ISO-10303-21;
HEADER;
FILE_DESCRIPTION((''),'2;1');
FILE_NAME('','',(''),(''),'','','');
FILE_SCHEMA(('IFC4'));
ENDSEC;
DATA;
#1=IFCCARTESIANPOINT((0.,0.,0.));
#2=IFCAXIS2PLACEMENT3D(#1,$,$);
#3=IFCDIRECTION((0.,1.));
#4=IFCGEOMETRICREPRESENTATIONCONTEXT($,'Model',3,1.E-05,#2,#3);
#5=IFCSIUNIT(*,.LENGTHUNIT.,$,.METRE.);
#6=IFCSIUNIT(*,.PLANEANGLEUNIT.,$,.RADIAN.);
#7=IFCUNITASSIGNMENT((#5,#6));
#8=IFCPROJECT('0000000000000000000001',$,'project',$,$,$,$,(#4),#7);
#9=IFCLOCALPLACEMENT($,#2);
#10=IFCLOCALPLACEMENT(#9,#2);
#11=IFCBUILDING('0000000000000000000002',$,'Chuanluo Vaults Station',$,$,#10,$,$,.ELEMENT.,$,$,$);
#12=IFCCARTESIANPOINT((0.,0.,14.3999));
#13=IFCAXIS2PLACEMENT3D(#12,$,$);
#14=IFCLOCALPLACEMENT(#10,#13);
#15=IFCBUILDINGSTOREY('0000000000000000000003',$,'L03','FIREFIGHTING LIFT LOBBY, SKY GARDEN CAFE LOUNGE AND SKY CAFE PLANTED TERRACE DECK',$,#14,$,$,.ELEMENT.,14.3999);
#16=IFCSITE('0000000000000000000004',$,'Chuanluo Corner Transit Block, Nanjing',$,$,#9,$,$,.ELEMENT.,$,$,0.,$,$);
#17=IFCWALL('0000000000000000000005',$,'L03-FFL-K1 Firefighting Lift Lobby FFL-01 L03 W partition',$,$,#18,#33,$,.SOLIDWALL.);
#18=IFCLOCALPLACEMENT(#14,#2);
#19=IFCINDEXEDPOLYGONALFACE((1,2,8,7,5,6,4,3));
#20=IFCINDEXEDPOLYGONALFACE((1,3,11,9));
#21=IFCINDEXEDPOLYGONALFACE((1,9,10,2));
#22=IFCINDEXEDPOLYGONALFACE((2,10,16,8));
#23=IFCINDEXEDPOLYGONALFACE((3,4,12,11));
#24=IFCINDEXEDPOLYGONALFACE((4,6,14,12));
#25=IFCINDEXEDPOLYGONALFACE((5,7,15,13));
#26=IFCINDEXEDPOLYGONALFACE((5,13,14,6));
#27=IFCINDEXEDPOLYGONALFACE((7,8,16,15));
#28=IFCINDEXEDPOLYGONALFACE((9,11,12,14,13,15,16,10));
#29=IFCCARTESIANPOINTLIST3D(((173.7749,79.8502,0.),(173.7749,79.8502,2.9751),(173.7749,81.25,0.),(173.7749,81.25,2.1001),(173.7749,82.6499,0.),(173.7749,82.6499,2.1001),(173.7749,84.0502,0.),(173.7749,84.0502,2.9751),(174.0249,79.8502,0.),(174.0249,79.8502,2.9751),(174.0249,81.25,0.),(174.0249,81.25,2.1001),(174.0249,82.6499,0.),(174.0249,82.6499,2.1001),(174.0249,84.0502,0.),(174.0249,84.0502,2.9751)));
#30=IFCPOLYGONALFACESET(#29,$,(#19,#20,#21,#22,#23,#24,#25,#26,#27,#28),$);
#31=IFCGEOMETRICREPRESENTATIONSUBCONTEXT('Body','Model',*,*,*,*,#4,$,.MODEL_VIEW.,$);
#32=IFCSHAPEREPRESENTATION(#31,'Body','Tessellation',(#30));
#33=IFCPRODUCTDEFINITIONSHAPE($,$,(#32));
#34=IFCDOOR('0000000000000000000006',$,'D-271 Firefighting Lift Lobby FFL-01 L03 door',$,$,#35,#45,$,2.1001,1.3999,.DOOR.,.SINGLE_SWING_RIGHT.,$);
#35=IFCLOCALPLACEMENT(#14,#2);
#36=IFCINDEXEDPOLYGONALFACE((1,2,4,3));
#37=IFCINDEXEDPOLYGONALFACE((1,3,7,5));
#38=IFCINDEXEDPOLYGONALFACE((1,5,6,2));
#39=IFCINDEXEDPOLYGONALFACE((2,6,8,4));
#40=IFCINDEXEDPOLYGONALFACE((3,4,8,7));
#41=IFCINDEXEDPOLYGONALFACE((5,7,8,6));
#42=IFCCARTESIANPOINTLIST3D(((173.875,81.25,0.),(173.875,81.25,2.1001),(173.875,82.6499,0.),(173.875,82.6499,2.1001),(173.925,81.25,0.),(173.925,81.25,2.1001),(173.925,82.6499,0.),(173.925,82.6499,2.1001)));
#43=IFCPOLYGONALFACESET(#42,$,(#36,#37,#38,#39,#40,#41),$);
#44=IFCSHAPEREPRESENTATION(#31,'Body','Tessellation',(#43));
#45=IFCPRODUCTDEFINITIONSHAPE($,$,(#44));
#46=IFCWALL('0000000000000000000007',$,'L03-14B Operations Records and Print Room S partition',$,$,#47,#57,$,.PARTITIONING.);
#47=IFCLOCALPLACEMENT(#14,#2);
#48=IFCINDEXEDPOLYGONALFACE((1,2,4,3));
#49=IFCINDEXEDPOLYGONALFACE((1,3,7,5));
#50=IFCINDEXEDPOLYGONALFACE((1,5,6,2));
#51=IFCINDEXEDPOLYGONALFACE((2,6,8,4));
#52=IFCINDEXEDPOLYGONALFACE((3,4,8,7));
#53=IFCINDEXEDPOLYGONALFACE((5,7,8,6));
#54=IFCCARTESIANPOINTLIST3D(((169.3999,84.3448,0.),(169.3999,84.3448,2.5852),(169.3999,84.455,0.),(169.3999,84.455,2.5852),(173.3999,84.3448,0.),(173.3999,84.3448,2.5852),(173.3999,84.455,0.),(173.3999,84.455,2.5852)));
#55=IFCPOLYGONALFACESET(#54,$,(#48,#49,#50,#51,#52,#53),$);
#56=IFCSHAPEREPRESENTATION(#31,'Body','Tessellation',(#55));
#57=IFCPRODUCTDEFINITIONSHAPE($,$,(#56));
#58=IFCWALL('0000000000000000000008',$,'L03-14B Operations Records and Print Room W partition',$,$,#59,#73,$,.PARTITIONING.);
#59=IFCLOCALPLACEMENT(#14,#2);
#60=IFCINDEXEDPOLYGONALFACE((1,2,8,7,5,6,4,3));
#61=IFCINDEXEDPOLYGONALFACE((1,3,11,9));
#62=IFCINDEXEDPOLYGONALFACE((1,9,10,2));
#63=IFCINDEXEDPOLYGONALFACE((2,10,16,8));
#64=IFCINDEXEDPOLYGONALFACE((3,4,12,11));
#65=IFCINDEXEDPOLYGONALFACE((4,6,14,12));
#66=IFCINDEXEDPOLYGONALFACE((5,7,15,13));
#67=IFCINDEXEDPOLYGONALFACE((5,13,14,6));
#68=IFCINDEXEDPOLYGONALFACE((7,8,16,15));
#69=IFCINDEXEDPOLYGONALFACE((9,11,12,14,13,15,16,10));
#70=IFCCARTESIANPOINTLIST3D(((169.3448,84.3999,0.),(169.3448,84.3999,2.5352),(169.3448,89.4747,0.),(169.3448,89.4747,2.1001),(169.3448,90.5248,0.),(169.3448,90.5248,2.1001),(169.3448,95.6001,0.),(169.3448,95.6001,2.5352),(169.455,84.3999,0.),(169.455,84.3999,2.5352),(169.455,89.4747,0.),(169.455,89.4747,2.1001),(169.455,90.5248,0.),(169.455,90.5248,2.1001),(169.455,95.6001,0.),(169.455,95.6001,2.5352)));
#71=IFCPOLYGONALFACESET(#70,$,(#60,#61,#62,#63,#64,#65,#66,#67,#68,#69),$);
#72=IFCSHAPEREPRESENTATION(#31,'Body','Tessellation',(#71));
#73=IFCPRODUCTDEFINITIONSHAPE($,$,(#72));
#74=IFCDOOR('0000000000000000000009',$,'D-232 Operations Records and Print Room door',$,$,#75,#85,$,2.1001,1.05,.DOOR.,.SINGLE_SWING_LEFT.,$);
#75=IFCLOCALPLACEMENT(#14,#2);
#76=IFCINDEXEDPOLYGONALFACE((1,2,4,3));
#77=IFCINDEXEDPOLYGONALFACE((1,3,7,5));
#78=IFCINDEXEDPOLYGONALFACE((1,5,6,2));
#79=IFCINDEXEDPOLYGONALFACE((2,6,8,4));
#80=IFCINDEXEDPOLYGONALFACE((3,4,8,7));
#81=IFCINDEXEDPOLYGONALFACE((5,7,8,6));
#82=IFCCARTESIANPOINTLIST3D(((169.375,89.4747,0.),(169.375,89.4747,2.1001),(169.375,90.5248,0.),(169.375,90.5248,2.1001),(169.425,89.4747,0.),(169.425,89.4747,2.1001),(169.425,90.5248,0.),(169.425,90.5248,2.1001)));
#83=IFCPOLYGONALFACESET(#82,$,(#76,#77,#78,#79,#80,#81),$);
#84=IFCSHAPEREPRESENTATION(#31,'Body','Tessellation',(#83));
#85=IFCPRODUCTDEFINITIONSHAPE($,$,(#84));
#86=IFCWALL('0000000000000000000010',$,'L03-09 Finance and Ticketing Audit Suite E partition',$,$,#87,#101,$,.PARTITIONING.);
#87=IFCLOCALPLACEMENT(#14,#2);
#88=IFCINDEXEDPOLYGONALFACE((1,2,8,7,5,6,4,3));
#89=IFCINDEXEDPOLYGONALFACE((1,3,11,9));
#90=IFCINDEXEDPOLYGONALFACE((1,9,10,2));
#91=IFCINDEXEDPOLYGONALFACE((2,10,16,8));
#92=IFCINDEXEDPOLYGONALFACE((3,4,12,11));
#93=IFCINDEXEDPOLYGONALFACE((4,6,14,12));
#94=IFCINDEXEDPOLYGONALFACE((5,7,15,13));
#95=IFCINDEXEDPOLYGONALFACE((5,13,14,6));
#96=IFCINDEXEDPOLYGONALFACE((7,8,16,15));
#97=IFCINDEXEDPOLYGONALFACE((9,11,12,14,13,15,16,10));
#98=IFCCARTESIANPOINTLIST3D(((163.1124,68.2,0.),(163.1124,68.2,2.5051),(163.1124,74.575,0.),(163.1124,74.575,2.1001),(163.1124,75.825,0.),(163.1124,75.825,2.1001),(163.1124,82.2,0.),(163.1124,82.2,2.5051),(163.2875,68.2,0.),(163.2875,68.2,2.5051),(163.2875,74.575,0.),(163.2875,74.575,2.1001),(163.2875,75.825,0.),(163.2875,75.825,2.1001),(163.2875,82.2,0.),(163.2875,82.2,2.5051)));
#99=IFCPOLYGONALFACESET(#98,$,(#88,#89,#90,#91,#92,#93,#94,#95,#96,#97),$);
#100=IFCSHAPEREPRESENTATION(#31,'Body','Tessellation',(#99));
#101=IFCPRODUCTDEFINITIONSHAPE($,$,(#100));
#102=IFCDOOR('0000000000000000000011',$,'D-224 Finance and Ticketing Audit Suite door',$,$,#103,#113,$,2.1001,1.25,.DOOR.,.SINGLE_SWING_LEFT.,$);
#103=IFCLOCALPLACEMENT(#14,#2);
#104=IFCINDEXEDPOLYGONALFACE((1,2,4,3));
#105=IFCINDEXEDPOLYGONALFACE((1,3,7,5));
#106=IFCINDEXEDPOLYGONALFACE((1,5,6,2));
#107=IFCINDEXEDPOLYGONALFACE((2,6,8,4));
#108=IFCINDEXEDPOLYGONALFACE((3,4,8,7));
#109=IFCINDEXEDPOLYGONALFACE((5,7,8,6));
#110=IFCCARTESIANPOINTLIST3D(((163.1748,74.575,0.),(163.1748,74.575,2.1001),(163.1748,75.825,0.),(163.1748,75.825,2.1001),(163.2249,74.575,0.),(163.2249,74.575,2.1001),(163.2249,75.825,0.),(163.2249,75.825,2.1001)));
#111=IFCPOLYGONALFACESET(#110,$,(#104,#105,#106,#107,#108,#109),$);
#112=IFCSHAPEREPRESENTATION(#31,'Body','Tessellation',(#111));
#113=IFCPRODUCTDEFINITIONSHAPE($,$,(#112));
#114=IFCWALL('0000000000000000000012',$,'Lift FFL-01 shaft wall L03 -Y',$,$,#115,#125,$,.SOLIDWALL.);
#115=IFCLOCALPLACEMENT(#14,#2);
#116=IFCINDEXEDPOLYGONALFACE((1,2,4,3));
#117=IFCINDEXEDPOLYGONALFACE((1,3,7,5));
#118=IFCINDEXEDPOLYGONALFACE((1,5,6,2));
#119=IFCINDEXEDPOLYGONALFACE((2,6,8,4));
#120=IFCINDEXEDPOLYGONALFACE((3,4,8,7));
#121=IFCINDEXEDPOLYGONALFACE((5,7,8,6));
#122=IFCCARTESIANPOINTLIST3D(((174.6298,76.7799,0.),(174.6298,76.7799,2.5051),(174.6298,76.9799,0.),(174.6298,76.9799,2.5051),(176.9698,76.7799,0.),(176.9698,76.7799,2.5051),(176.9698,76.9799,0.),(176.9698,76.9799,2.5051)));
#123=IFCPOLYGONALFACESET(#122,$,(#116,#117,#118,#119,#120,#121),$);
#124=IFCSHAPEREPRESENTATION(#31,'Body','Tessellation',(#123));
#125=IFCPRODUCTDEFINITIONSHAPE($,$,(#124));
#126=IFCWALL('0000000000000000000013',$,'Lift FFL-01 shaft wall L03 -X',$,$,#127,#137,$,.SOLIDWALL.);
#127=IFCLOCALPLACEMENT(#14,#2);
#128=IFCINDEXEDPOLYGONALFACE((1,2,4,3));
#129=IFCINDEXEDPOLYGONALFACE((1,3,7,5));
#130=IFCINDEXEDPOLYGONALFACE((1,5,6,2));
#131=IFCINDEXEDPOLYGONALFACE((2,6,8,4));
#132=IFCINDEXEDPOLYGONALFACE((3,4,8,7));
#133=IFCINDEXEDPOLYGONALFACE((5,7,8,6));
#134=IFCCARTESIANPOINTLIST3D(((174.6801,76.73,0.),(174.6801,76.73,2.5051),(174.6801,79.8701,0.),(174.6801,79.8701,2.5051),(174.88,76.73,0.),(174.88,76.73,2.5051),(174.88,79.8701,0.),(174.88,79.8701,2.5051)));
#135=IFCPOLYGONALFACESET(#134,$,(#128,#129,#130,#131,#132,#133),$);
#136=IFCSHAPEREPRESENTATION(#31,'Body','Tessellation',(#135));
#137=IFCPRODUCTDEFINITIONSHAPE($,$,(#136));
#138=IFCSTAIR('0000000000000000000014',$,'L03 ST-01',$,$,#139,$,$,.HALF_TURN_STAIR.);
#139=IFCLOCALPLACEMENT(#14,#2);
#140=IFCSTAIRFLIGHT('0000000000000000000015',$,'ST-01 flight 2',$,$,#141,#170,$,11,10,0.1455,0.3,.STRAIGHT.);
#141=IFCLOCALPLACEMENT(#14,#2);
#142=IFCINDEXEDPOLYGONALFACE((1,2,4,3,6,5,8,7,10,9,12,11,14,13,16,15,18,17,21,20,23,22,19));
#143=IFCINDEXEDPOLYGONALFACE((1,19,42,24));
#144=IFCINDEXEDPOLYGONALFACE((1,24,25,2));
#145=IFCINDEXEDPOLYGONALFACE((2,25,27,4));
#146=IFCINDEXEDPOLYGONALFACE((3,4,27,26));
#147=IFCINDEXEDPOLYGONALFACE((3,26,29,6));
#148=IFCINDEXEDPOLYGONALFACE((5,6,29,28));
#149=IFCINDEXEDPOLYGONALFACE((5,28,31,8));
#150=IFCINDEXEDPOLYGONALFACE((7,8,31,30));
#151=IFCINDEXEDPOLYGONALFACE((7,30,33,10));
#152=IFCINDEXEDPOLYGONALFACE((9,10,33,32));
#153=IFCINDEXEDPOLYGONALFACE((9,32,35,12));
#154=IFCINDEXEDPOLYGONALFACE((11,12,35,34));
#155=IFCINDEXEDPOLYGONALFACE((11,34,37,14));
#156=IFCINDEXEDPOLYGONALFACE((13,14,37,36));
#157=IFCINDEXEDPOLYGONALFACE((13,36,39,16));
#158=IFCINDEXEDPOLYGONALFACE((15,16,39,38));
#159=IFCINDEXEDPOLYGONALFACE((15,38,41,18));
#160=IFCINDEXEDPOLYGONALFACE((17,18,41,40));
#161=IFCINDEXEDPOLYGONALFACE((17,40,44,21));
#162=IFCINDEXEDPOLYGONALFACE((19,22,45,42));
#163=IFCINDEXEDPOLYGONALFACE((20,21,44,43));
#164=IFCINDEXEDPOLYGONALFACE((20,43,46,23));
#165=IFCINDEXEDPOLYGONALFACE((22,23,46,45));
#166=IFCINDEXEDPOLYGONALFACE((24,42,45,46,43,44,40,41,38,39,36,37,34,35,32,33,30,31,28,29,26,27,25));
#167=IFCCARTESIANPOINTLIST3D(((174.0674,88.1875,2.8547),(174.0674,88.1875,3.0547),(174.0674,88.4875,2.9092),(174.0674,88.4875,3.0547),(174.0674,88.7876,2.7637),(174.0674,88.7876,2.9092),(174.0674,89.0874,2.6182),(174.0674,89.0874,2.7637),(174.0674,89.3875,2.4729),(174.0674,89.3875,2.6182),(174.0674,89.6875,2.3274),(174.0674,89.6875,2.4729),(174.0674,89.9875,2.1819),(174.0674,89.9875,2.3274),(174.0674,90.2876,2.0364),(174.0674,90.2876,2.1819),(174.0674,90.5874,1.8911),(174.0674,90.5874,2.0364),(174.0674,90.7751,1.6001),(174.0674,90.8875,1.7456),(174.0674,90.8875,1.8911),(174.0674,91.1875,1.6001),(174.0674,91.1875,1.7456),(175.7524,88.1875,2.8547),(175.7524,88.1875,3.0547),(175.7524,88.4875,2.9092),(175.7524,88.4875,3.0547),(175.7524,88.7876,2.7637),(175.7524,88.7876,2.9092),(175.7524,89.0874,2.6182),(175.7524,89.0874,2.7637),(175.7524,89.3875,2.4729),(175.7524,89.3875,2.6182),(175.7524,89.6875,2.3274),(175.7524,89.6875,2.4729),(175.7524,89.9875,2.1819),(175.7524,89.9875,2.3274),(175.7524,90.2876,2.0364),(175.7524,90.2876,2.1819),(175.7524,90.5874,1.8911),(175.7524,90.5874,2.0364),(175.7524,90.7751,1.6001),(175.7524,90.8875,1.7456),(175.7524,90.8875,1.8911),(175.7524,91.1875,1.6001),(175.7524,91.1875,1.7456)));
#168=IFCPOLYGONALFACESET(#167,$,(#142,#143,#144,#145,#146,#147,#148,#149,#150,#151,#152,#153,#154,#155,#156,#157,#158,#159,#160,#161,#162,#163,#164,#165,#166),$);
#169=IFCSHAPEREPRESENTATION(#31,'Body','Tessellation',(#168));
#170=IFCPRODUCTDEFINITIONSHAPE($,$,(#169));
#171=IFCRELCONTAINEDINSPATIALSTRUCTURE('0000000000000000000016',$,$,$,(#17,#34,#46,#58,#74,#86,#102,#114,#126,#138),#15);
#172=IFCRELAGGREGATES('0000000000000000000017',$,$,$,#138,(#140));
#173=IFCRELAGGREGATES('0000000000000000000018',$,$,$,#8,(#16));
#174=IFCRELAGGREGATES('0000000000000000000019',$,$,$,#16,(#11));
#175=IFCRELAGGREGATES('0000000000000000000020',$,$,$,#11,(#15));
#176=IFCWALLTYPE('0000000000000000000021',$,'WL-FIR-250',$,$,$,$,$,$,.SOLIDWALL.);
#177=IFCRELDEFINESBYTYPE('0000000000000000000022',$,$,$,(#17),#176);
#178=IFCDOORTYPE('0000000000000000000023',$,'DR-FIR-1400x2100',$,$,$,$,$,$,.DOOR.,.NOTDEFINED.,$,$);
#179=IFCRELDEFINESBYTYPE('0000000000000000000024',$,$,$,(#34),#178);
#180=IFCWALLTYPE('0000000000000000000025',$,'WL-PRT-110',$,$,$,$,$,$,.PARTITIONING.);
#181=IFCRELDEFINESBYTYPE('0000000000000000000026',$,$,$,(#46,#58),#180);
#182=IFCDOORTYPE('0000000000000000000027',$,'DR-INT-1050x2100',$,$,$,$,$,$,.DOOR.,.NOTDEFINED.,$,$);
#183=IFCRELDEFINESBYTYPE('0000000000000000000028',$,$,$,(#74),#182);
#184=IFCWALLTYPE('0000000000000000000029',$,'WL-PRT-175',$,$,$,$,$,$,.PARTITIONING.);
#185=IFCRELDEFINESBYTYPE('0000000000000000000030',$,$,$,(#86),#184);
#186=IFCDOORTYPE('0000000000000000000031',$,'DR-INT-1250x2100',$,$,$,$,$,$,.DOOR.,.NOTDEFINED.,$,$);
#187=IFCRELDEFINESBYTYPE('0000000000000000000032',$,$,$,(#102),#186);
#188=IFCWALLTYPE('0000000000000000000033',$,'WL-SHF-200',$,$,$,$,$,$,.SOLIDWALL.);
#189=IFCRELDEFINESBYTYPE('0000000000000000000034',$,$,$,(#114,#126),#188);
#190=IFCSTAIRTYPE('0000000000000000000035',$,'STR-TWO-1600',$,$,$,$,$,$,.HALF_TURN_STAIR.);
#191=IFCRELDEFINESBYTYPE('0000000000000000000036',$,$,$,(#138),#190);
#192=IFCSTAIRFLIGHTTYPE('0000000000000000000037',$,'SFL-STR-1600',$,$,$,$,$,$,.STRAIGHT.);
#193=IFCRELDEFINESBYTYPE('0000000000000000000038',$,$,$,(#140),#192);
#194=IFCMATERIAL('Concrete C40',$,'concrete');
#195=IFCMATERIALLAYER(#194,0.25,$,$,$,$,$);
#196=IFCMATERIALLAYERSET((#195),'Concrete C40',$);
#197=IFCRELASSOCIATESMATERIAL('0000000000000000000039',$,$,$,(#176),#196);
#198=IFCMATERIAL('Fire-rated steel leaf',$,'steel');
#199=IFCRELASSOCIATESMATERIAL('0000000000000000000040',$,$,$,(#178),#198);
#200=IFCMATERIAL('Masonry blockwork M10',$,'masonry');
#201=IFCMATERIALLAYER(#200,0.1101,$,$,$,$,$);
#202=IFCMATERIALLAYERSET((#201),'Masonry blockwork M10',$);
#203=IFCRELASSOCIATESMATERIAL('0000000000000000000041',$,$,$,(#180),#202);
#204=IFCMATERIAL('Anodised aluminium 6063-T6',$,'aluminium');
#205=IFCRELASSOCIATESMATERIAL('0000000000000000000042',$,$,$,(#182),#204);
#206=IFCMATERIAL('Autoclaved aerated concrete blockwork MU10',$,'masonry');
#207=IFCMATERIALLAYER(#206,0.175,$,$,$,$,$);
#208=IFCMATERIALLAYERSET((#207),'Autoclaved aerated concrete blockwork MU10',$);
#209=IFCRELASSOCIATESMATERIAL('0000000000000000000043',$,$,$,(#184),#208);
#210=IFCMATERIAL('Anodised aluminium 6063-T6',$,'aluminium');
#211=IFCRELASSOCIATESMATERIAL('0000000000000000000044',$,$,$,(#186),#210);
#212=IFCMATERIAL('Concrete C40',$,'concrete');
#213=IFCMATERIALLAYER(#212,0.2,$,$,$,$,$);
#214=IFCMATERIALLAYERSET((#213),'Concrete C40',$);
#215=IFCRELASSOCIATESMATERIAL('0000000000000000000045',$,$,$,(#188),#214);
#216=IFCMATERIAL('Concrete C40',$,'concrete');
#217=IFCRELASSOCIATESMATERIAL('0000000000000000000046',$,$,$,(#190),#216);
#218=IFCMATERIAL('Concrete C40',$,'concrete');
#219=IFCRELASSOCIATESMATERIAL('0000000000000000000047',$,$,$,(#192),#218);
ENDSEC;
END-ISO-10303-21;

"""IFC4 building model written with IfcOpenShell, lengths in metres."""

from ifc_helpers import new_model, si_unit, direction, frame, frame_2d, origin, place, context, subcontext, project, spatial, polyline, rectangle, outline, extrude, material, layer, layer_set, type_object, element, fill, aggregate, save


model = new_model("IFC4")

# Units and contexts
model_context = context("Model", 3, precision=1e-05, world=origin(), true_north=direction((0.0, 1.0)))
body_context = subcontext(model_context, "Body", "Model", "MODEL_VIEW")
ifc_project = project(units=[si_unit("LENGTHUNIT", "METRE"), si_unit("PLANEANGLEUNIT", "RADIAN")], contexts=[model_context])

# Site, building, storey
site_placement = place(None, origin())
site = spatial("IfcSite", under=ifc_project, at=site_placement, Name="Chuanluo Corner Transit Block, Nanjing", CompositionType="ELEMENT", RefElevation=0.0)
building_placement = place(site_placement, origin())
building = spatial("IfcBuilding", under=site, at=building_placement, Name="Chuanluo Vaults Station", CompositionType="ELEMENT")
storey_placement = place(building_placement, frame((0.0, 0.0, 14.3999)))
storey = spatial("IfcBuildingStorey", under=building, at=storey_placement, Name="L03", Description="FIREFIGHTING LIFT LOBBY, SKY GARDEN CAFE LOUNGE AND SKY CAFE PLANTED TERRACE DECK", CompositionType="ELEMENT", Elevation=14.3999)

# Shared definitions
ifc_material_1 = material(Name="Concrete C40", Category="concrete")
ifc_layer_1 = layer(ifc_material_1, 0.25)
ifc_layer_set_1 = layer_set([ifc_layer_1], Name="Concrete C40")
wall_type_1 = type_object("IfcWallType", Name="WL-FIR-250", PredefinedType="SOLIDWALL", material=ifc_layer_set_1)

# Wall, opening, door
wall_1_placement = place(storey_placement, frame((173.8999, 79.8501, 0.0), z_axis=(0.0, 0.0, 1.0), x_axis=(0.0, 1.0, 0.0)))
wall_1 = element("IfcWall", 1, at=wall_1_placement, inside=storey, type_object=wall_type_1, Name="L03-FFL-K1 Firefighting Lift Lobby FFL-01 L03 W partition", PredefinedType="SOLIDWALL", context=body_context, shape_type="SweptSolid", body=[
    extrude(rectangle(XDim=4.2, YDim=0.25, at=frame_2d((2.1001, 0.0))), origin(), (0.0, 0.0, 1.0), 2.9751),
])
opening_1_placement = place(wall_1_placement, frame((1.3999, 0.0, 0.0)))
opening_1 = element("IfcOpeningElement", 2, at=opening_1_placement, cuts=wall_1, PredefinedType="OPENING", context=body_context, shape_type="SweptSolid", body=[
    extrude(rectangle(XDim=1.3999, YDim=2.1001, at=frame_2d((0.7, 1.05))), frame((0.0, 0.135, 0.0), z_axis=(0.0, -1.0, 0.0), x_axis=(1.0, 0.0, 0.0)), (0.0, 0.0, 1.0), 0.27),
])
ifc_material_2 = material(Name="Fire-rated steel leaf", Category="steel")
door_type_1 = type_object("IfcDoorType", Name="DR-FIR-1400x2100", OperationType="NOTDEFINED", PredefinedType="DOOR", material=ifc_material_2)
door_1_placement = place(opening_1_placement, origin())
door_1 = element("IfcDoor", 3, at=door_1_placement, inside=storey, type_object=door_type_1, Name="D-271 Firefighting Lift Lobby FFL-01 L03 door", OperationType="SINGLE_SWING_RIGHT", OverallHeight=2.1001, OverallWidth=1.3999, PredefinedType="DOOR", context=body_context, shape_type="SweptSolid", body=[
    extrude(rectangle(XDim=1.3999, YDim=2.1001, at=frame_2d((0.7, 1.05))), frame((0.0, 0.0249, 0.0), z_axis=(0.0, -1.0, 0.0), x_axis=(1.0, 0.0, 0.0)), (0.0, 0.0, 1.0), 0.05),
])
fill(opening_1, door_1)

# Wall
ifc_material_3 = material(Name="Masonry blockwork M10", Category="masonry")
ifc_layer_2 = layer(ifc_material_3, 0.1101)
ifc_layer_set_2 = layer_set([ifc_layer_2], Name="Masonry blockwork M10")
wall_type_2 = type_object("IfcWallType", Name="WL-PRT-110", PredefinedType="PARTITIONING", material=ifc_layer_set_2)
wall_2_placement = place(storey_placement, frame((173.3999, 84.3999, 0.0), z_axis=(0.0, 0.0, 1.0), x_axis=(-1.0, 0.0, 0.0)))
element("IfcWall", 4, at=wall_2_placement, inside=storey, type_object=wall_type_2, Name="L03-14B Operations Records and Print Room S partition", PredefinedType="PARTITIONING", context=body_context, shape_type="SweptSolid", body=[
    extrude(rectangle(XDim=4.0, YDim=0.1101, at=frame_2d((2.0, 0.0))), origin(), (0.0, 0.0, 1.0), 2.5852),
])

# Walls, openings, doors
wall_3_placement = place(storey_placement, frame((169.3999, 84.3999, 0.0), z_axis=(0.0, 0.0, 1.0), x_axis=(0.0, 1.0, 0.0)))
wall_3 = element("IfcWall", 5, at=wall_3_placement, inside=storey, type_object=wall_type_2, Name="L03-14B Operations Records and Print Room W partition", PredefinedType="PARTITIONING", context=body_context, shape_type="SweptSolid", body=[
    extrude(rectangle(XDim=11.2002, YDim=0.1101, at=frame_2d((5.6001, 0.0))), origin(), (0.0, 0.0, 1.0), 2.5352),
])
opening_2_placement = place(wall_3_placement, frame((5.075, 0.0, 0.0)))
opening_2 = element("IfcOpeningElement", 6, at=opening_2_placement, cuts=wall_3, PredefinedType="OPENING", context=body_context, shape_type="SweptSolid", body=[
    extrude(rectangle(XDim=1.05, YDim=2.1001, at=frame_2d((0.5249, 1.05))), frame((0.0, 0.0652, 0.0), z_axis=(0.0, -1.0, 0.0), x_axis=(1.0, 0.0, 0.0)), (0.0, 0.0, 1.0), 0.1301),
])
ifc_material_4 = material(Name="Anodised aluminium 6063-T6", Category="aluminium")
door_type_2 = type_object("IfcDoorType", Name="DR-INT-1050x2100", OperationType="NOTDEFINED", PredefinedType="DOOR", material=ifc_material_4)
door_2_placement = place(opening_2_placement, origin())
door_2 = element("IfcDoor", 7, at=door_2_placement, inside=storey, type_object=door_type_2, Name="D-232 Operations Records and Print Room door", OperationType="SINGLE_SWING_LEFT", OverallHeight=2.1001, OverallWidth=1.05, PredefinedType="DOOR", context=body_context, shape_type="SweptSolid", body=[
    extrude(rectangle(XDim=1.05, YDim=2.1001, at=frame_2d((0.5249, 1.05))), frame((0.0, 0.0249, 0.0), z_axis=(0.0, -1.0, 0.0), x_axis=(1.0, 0.0, 0.0)), (0.0, 0.0, 1.0), 0.05),
])
fill(opening_2, door_2)
ifc_material_5 = material(Name="Autoclaved aerated concrete blockwork MU10", Category="masonry")
ifc_layer_3 = layer(ifc_material_5, 0.175)
ifc_layer_set_3 = layer_set([ifc_layer_3], Name="Autoclaved aerated concrete blockwork MU10")
wall_type_3 = type_object("IfcWallType", Name="WL-PRT-175", PredefinedType="PARTITIONING", material=ifc_layer_set_3)
wall_4_placement = place(storey_placement, frame((163.2, 82.2, 0.0), z_axis=(0.0, 0.0, 1.0), x_axis=(0.0, -1.0, 0.0)))
wall_4 = element("IfcWall", 8, at=wall_4_placement, inside=storey, type_object=wall_type_3, Name="L03-09 Finance and Ticketing Audit Suite E partition", PredefinedType="PARTITIONING", context=body_context, shape_type="SweptSolid", body=[
    extrude(rectangle(XDim=14.0, YDim=0.175, at=frame_2d((7.0, 0.0))), origin(), (0.0, 0.0, 1.0), 2.5051),
])
opening_3_placement = place(wall_4_placement, frame((6.375, 0.0, 0.0)))
opening_3 = element("IfcOpeningElement", 9, at=opening_3_placement, cuts=wall_4, PredefinedType="OPENING", context=body_context, shape_type="SweptSolid", body=[
    extrude(rectangle(XDim=1.25, YDim=2.1001, at=frame_2d((0.625, 1.05))), frame((0.0, 0.0974, 0.0), z_axis=(0.0, -1.0, 0.0), x_axis=(1.0, 0.0, 0.0)), (0.0, 0.0, 1.0), 0.1951),
])
ifc_material_6 = material(Name="Anodised aluminium 6063-T6", Category="aluminium")
door_type_3 = type_object("IfcDoorType", Name="DR-INT-1250x2100", OperationType="NOTDEFINED", PredefinedType="DOOR", material=ifc_material_6)
door_3_placement = place(opening_3_placement, origin())
door_3 = element("IfcDoor", 10, at=door_3_placement, inside=storey, type_object=door_type_3, Name="D-224 Finance and Ticketing Audit Suite door", OperationType="SINGLE_SWING_LEFT", OverallHeight=2.1001, OverallWidth=1.25, PredefinedType="DOOR", context=body_context, shape_type="SweptSolid", body=[
    extrude(rectangle(XDim=1.25, YDim=2.1001, at=frame_2d((0.625, 1.05))), frame((0.0, 0.0249, 0.0), z_axis=(0.0, -1.0, 0.0), x_axis=(1.0, 0.0, 0.0)), (0.0, 0.0, 1.0), 0.05),
])
fill(opening_3, door_3)

# Walls
ifc_material_7 = material(Name="Concrete C40", Category="concrete")
ifc_layer_4 = layer(ifc_material_7, 0.2)
ifc_layer_set_4 = layer_set([ifc_layer_4], Name="Concrete C40")
wall_type_4 = type_object("IfcWallType", Name="WL-SHF-200", PredefinedType="SOLIDWALL", material=ifc_layer_set_4)
wall_5_placement = place(storey_placement, frame((174.6299, 76.8799, 0.0), z_axis=(0.0, 0.0, 1.0), x_axis=(1.0, 0.0, 0.0)))
element("IfcWall", 11, at=wall_5_placement, inside=storey, type_object=wall_type_4, Name="Lift FFL-01 shaft wall L03 -Y", PredefinedType="SOLIDWALL", context=body_context, shape_type="SweptSolid", body=[
    extrude(rectangle(XDim=2.3401, YDim=0.2, at=frame_2d((1.1699, 0.0))), origin(), (0.0, 0.0, 1.0), 2.5051),
])
wall_6_placement = place(storey_placement, frame((174.78, 79.8701, 0.0), z_axis=(0.0, 0.0, 1.0), x_axis=(0.0, -1.0, 0.0)))
element("IfcWall", 12, at=wall_6_placement, inside=storey, type_object=wall_type_4, Name="Lift FFL-01 shaft wall L03 -X", PredefinedType="SOLIDWALL", context=body_context, shape_type="SweptSolid", body=[
    extrude(rectangle(XDim=3.1401, YDim=0.2, at=frame_2d((1.5701, 0.0))), origin(), (0.0, 0.0, 1.0), 2.5051),
])

# Stair, stair flight
ifc_material_8 = material(Name="Concrete C40", Category="concrete")
stair_type = type_object("IfcStairType", Name="STR-TWO-1600", PredefinedType="HALF_TURN_STAIR", material=ifc_material_8)
stair_placement = place(storey_placement, origin())
stair = element("IfcStair", 13, at=stair_placement, inside=storey, type_object=stair_type, Name="L03 ST-01", PredefinedType="HALF_TURN_STAIR")
ifc_material_9 = material(Name="Concrete C40", Category="concrete")
stair_flight_type = type_object("IfcStairFlightType", Name="SFL-STR-1600", PredefinedType="STRAIGHT", material=ifc_material_9)
stair_flight_placement = place(storey_placement, frame((174.9099, 91.1875, 1.6001), z_axis=(0.0, 0.0, 1.0), x_axis=(0.0, -1.0, 0.0)))
stair_flight = element("IfcStairFlight", 14, at=stair_flight_placement, type_object=stair_flight_type, Name="ST-01 flight 2", NumberOfRisers=11, NumberOfTreads=10, PredefinedType="STRAIGHT", RiserHeight=0.1455, TreadLength=0.3, context=body_context, shape_type="SweptSolid", body=[
    extrude(outline(polyline([(0.0, 0.0), (0.0, 0.1455), (0.3, 0.1455), (0.3, 0.291), (0.6001, 0.291), (0.6001, 0.4363), (0.8999, 0.4363), (0.8999, 0.5818), (1.2, 0.5818), (1.2, 0.7273), (1.5, 0.7273), (1.5, 0.8728), (1.8, 0.8728), (1.8, 1.0181), (2.1001, 1.0181), (2.1001, 1.1636), (2.3999, 1.1636), (2.3999, 1.3091), (2.7, 1.3091), (2.7, 1.4546), (3.0, 1.4546), (3.0, 1.6001), (3.0, 1.2546), (0.4124, 0.0), (0.0, 0.0)])), frame((0.0, 0.8425, 0.0), z_axis=(0.0, -1.0, 0.0), x_axis=(1.0, 0.0, 0.0)), (0.0, 0.0, 1.0), 1.6851),
])
aggregate(stair, [stair_flight])

save(model, "model.ifc")
